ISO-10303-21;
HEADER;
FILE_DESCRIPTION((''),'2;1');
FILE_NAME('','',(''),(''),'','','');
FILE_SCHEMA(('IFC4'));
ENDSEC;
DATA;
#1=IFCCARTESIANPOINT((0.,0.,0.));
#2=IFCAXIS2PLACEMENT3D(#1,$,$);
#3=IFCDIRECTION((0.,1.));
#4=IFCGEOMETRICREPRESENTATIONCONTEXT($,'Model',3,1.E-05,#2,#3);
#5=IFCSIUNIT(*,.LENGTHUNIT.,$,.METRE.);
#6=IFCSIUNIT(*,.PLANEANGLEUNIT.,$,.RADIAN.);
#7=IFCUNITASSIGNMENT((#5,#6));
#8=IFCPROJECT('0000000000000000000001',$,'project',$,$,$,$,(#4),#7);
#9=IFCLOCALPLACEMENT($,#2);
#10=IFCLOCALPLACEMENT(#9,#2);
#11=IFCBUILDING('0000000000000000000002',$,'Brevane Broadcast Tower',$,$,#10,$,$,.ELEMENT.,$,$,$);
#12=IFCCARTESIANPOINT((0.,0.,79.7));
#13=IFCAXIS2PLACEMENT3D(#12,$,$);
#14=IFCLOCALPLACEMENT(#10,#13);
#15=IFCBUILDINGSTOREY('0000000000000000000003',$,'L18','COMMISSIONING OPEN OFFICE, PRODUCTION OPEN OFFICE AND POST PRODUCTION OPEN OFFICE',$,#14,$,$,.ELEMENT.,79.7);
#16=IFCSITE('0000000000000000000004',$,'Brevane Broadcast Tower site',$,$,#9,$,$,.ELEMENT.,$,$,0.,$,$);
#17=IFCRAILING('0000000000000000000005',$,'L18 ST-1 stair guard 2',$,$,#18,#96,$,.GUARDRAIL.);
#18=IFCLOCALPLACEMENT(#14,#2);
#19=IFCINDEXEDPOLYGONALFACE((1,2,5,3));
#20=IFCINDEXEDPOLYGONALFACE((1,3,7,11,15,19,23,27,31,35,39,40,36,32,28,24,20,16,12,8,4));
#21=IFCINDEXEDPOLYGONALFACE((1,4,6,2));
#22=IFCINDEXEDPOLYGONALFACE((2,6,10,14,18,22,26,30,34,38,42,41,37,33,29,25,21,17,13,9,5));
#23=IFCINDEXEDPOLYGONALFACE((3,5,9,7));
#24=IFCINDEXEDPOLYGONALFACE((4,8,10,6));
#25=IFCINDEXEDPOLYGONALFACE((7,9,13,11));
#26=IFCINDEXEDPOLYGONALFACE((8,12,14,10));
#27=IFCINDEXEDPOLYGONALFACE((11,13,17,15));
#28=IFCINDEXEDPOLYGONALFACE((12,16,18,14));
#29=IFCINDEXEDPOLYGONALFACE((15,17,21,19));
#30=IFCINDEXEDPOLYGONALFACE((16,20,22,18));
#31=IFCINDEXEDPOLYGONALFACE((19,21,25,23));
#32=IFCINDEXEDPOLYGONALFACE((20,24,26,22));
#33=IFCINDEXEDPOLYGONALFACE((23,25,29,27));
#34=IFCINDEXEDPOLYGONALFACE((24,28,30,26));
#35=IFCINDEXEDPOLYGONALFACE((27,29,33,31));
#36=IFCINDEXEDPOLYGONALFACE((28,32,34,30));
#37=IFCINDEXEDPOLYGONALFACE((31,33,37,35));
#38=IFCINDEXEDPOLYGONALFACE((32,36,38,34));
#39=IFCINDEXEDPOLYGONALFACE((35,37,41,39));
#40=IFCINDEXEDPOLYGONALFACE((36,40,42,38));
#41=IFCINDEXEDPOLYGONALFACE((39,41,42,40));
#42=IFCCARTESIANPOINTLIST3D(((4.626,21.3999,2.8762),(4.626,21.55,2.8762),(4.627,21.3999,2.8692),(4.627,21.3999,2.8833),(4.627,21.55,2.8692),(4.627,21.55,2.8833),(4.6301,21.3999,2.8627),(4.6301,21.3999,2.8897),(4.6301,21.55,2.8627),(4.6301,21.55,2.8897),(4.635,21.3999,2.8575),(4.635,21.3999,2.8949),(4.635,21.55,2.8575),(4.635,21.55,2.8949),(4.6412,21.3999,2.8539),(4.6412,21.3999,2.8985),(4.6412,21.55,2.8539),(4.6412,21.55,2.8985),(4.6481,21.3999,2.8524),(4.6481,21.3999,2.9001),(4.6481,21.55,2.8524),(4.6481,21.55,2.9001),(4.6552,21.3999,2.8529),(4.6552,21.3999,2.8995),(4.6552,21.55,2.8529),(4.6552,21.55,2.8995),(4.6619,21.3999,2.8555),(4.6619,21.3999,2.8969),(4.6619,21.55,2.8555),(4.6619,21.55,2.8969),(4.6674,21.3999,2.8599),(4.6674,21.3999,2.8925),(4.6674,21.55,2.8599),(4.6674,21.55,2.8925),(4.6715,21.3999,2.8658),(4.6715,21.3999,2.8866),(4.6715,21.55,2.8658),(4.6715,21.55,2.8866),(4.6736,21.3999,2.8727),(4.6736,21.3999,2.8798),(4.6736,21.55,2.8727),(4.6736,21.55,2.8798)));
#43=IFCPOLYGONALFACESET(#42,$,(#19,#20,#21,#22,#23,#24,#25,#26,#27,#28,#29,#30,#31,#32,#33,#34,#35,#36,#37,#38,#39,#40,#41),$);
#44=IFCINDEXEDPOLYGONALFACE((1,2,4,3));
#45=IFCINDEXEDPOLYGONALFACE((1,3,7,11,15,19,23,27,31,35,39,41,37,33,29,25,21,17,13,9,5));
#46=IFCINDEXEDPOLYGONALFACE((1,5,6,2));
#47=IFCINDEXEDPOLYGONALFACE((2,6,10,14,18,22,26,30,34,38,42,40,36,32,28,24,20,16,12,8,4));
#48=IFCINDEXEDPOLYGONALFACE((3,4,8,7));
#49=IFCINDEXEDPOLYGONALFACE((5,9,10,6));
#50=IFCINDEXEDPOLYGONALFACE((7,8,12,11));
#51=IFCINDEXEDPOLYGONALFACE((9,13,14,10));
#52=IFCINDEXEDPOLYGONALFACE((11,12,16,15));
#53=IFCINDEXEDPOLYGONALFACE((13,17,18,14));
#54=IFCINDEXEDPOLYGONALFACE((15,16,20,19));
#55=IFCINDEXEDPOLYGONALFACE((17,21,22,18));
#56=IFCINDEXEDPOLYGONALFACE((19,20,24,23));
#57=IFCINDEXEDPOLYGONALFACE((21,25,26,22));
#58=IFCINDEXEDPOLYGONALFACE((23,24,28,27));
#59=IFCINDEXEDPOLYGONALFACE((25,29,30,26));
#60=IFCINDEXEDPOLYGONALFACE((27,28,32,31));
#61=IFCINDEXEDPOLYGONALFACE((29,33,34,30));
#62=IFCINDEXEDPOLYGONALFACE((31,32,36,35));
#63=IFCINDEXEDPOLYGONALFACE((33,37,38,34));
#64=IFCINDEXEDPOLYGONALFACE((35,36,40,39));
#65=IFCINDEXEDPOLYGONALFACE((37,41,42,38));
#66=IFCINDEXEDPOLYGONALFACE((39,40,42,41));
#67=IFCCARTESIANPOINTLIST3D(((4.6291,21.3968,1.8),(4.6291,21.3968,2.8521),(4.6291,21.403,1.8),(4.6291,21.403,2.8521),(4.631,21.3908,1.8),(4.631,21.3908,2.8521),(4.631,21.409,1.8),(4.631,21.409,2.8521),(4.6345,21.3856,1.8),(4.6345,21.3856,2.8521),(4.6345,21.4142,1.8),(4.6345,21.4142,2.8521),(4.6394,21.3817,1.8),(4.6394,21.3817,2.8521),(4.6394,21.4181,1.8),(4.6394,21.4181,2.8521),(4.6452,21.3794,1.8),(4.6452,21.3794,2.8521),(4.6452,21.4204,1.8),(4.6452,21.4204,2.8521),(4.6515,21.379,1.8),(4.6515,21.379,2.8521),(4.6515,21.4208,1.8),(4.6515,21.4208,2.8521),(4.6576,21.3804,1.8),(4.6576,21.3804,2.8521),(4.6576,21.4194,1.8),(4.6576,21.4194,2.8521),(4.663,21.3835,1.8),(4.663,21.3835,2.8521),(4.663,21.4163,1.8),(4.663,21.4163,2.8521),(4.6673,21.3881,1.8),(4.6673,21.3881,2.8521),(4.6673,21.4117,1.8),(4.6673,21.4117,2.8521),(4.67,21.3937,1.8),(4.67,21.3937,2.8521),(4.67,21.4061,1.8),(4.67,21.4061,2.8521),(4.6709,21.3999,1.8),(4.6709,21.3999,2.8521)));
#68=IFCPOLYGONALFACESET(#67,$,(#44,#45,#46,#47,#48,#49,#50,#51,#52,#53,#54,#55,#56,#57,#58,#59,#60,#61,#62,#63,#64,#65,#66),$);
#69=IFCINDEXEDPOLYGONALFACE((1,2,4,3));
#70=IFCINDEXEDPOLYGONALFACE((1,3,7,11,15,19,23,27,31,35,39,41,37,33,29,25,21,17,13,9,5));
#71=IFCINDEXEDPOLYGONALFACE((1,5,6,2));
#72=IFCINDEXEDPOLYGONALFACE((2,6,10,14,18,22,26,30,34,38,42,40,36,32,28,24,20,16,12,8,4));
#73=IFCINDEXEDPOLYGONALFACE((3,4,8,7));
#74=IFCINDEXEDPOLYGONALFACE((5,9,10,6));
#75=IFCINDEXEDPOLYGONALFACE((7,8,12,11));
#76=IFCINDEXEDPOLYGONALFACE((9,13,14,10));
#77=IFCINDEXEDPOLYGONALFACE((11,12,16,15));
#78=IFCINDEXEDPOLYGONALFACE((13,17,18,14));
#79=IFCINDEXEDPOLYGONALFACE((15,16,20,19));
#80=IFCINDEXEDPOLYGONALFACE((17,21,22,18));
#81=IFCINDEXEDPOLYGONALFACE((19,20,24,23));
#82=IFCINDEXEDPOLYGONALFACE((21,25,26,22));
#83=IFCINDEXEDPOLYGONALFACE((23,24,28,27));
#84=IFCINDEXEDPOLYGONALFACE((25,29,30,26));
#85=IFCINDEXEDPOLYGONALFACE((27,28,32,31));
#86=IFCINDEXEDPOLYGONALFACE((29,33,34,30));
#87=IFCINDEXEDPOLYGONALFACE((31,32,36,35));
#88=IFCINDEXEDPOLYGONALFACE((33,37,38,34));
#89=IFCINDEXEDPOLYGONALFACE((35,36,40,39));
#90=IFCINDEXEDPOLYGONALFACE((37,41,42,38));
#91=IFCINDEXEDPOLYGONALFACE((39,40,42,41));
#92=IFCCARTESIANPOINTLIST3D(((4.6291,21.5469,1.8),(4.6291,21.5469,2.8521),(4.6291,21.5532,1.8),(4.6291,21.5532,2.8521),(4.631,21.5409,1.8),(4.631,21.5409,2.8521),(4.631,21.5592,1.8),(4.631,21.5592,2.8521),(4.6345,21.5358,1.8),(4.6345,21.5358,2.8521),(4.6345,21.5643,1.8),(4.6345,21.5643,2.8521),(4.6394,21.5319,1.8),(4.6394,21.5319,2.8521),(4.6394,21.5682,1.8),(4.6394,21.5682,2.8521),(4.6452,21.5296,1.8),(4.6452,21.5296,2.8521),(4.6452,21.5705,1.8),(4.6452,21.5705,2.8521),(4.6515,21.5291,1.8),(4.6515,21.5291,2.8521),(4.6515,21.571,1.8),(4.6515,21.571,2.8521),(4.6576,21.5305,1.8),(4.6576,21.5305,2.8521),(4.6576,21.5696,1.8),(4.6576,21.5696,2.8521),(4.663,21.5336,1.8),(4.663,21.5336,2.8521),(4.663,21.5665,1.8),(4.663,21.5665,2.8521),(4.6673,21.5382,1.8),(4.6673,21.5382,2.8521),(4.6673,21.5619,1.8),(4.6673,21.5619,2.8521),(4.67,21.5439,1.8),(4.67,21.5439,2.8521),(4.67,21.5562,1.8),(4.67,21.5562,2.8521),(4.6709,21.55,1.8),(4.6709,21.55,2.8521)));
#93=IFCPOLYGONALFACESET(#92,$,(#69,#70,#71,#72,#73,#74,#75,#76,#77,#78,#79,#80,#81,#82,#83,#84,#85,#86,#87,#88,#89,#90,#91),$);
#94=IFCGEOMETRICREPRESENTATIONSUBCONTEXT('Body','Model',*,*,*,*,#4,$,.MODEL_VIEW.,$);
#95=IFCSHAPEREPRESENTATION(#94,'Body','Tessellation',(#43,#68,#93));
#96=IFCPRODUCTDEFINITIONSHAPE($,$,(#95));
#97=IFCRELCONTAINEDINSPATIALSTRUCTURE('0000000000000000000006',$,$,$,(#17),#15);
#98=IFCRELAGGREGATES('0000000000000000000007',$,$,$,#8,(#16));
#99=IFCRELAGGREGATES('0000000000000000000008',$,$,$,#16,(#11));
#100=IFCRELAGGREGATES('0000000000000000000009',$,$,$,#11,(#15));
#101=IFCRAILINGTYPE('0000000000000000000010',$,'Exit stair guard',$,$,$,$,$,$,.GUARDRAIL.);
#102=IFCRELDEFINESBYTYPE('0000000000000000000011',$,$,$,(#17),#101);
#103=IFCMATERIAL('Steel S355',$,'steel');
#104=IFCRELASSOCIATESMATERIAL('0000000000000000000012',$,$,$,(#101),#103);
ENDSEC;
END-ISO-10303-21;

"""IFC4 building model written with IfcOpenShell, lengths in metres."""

from ifc_helpers import new_model, si_unit, direction, frame, origin, origin_2d, place, context, subcontext, project, spatial, circle, extrude, material, type_object, element, save


model = new_model("IFC4")

# Units and contexts
model_context = context("Model", 3, precision=1e-05, world=origin(), true_north=direction((0.0, 1.0)))
body_context = subcontext(model_context, "Body", "Model", "MODEL_VIEW")
ifc_project = project(units=[si_unit("LENGTHUNIT", "METRE"), si_unit("PLANEANGLEUNIT", "RADIAN")], contexts=[model_context])

# Site, building, storey
site_placement = place(None, origin())
site = spatial("IfcSite", under=ifc_project, at=site_placement, Name="Brevane Broadcast Tower site", CompositionType="ELEMENT", RefElevation=0.0)
building_placement = place(site_placement, origin())
building = spatial("IfcBuilding", under=site, at=building_placement, Name="Brevane Broadcast Tower", CompositionType="ELEMENT")
storey_placement = place(building_placement, frame((0.0, 0.0, 79.7)))
storey = spatial("IfcBuildingStorey", under=building, at=storey_placement, Name="L18", Description="COMMISSIONING OPEN OFFICE, PRODUCTION OPEN OFFICE AND POST PRODUCTION OPEN OFFICE", CompositionType="ELEMENT", Elevation=79.7)

# Railing
ifc_material_1 = material(Name="Steel S355", Category="steel")
railing_type_1 = type_object("IfcRailingType", Name="Exit stair guard", PredefinedType="GUARDRAIL", material=ifc_material_1)
railing_1_placement = place(storey_placement, frame((4.6499, 21.3999, 1.8)))
element("IfcRailing", 1, at=railing_1_placement, inside=storey, type_object=railing_type_1, Name="L18 ST-1 stair guard 2", PredefinedType="GUARDRAIL", context=body_context, shape_type="SweptSolid", body=[
    extrude(circle(Radius=0.0239, at=origin_2d()), frame((0.0, 0.0, 1.0762), z_axis=(0.0, 1.0, 0.0), x_axis=(-1.0, 0.0, 0.0)), (0.0, 0.0, 1.0), 0.1501),
    extrude(circle(Radius=0.021, at=origin_2d()), origin(), (0.0, 0.0, 1.0), 1.052),
    extrude(circle(Radius=0.021, at=origin_2d()), frame((0.0, 0.1501, 0.0)), (0.0, 0.0, 1.0), 1.052),
])

save(model, "model.ifc")
